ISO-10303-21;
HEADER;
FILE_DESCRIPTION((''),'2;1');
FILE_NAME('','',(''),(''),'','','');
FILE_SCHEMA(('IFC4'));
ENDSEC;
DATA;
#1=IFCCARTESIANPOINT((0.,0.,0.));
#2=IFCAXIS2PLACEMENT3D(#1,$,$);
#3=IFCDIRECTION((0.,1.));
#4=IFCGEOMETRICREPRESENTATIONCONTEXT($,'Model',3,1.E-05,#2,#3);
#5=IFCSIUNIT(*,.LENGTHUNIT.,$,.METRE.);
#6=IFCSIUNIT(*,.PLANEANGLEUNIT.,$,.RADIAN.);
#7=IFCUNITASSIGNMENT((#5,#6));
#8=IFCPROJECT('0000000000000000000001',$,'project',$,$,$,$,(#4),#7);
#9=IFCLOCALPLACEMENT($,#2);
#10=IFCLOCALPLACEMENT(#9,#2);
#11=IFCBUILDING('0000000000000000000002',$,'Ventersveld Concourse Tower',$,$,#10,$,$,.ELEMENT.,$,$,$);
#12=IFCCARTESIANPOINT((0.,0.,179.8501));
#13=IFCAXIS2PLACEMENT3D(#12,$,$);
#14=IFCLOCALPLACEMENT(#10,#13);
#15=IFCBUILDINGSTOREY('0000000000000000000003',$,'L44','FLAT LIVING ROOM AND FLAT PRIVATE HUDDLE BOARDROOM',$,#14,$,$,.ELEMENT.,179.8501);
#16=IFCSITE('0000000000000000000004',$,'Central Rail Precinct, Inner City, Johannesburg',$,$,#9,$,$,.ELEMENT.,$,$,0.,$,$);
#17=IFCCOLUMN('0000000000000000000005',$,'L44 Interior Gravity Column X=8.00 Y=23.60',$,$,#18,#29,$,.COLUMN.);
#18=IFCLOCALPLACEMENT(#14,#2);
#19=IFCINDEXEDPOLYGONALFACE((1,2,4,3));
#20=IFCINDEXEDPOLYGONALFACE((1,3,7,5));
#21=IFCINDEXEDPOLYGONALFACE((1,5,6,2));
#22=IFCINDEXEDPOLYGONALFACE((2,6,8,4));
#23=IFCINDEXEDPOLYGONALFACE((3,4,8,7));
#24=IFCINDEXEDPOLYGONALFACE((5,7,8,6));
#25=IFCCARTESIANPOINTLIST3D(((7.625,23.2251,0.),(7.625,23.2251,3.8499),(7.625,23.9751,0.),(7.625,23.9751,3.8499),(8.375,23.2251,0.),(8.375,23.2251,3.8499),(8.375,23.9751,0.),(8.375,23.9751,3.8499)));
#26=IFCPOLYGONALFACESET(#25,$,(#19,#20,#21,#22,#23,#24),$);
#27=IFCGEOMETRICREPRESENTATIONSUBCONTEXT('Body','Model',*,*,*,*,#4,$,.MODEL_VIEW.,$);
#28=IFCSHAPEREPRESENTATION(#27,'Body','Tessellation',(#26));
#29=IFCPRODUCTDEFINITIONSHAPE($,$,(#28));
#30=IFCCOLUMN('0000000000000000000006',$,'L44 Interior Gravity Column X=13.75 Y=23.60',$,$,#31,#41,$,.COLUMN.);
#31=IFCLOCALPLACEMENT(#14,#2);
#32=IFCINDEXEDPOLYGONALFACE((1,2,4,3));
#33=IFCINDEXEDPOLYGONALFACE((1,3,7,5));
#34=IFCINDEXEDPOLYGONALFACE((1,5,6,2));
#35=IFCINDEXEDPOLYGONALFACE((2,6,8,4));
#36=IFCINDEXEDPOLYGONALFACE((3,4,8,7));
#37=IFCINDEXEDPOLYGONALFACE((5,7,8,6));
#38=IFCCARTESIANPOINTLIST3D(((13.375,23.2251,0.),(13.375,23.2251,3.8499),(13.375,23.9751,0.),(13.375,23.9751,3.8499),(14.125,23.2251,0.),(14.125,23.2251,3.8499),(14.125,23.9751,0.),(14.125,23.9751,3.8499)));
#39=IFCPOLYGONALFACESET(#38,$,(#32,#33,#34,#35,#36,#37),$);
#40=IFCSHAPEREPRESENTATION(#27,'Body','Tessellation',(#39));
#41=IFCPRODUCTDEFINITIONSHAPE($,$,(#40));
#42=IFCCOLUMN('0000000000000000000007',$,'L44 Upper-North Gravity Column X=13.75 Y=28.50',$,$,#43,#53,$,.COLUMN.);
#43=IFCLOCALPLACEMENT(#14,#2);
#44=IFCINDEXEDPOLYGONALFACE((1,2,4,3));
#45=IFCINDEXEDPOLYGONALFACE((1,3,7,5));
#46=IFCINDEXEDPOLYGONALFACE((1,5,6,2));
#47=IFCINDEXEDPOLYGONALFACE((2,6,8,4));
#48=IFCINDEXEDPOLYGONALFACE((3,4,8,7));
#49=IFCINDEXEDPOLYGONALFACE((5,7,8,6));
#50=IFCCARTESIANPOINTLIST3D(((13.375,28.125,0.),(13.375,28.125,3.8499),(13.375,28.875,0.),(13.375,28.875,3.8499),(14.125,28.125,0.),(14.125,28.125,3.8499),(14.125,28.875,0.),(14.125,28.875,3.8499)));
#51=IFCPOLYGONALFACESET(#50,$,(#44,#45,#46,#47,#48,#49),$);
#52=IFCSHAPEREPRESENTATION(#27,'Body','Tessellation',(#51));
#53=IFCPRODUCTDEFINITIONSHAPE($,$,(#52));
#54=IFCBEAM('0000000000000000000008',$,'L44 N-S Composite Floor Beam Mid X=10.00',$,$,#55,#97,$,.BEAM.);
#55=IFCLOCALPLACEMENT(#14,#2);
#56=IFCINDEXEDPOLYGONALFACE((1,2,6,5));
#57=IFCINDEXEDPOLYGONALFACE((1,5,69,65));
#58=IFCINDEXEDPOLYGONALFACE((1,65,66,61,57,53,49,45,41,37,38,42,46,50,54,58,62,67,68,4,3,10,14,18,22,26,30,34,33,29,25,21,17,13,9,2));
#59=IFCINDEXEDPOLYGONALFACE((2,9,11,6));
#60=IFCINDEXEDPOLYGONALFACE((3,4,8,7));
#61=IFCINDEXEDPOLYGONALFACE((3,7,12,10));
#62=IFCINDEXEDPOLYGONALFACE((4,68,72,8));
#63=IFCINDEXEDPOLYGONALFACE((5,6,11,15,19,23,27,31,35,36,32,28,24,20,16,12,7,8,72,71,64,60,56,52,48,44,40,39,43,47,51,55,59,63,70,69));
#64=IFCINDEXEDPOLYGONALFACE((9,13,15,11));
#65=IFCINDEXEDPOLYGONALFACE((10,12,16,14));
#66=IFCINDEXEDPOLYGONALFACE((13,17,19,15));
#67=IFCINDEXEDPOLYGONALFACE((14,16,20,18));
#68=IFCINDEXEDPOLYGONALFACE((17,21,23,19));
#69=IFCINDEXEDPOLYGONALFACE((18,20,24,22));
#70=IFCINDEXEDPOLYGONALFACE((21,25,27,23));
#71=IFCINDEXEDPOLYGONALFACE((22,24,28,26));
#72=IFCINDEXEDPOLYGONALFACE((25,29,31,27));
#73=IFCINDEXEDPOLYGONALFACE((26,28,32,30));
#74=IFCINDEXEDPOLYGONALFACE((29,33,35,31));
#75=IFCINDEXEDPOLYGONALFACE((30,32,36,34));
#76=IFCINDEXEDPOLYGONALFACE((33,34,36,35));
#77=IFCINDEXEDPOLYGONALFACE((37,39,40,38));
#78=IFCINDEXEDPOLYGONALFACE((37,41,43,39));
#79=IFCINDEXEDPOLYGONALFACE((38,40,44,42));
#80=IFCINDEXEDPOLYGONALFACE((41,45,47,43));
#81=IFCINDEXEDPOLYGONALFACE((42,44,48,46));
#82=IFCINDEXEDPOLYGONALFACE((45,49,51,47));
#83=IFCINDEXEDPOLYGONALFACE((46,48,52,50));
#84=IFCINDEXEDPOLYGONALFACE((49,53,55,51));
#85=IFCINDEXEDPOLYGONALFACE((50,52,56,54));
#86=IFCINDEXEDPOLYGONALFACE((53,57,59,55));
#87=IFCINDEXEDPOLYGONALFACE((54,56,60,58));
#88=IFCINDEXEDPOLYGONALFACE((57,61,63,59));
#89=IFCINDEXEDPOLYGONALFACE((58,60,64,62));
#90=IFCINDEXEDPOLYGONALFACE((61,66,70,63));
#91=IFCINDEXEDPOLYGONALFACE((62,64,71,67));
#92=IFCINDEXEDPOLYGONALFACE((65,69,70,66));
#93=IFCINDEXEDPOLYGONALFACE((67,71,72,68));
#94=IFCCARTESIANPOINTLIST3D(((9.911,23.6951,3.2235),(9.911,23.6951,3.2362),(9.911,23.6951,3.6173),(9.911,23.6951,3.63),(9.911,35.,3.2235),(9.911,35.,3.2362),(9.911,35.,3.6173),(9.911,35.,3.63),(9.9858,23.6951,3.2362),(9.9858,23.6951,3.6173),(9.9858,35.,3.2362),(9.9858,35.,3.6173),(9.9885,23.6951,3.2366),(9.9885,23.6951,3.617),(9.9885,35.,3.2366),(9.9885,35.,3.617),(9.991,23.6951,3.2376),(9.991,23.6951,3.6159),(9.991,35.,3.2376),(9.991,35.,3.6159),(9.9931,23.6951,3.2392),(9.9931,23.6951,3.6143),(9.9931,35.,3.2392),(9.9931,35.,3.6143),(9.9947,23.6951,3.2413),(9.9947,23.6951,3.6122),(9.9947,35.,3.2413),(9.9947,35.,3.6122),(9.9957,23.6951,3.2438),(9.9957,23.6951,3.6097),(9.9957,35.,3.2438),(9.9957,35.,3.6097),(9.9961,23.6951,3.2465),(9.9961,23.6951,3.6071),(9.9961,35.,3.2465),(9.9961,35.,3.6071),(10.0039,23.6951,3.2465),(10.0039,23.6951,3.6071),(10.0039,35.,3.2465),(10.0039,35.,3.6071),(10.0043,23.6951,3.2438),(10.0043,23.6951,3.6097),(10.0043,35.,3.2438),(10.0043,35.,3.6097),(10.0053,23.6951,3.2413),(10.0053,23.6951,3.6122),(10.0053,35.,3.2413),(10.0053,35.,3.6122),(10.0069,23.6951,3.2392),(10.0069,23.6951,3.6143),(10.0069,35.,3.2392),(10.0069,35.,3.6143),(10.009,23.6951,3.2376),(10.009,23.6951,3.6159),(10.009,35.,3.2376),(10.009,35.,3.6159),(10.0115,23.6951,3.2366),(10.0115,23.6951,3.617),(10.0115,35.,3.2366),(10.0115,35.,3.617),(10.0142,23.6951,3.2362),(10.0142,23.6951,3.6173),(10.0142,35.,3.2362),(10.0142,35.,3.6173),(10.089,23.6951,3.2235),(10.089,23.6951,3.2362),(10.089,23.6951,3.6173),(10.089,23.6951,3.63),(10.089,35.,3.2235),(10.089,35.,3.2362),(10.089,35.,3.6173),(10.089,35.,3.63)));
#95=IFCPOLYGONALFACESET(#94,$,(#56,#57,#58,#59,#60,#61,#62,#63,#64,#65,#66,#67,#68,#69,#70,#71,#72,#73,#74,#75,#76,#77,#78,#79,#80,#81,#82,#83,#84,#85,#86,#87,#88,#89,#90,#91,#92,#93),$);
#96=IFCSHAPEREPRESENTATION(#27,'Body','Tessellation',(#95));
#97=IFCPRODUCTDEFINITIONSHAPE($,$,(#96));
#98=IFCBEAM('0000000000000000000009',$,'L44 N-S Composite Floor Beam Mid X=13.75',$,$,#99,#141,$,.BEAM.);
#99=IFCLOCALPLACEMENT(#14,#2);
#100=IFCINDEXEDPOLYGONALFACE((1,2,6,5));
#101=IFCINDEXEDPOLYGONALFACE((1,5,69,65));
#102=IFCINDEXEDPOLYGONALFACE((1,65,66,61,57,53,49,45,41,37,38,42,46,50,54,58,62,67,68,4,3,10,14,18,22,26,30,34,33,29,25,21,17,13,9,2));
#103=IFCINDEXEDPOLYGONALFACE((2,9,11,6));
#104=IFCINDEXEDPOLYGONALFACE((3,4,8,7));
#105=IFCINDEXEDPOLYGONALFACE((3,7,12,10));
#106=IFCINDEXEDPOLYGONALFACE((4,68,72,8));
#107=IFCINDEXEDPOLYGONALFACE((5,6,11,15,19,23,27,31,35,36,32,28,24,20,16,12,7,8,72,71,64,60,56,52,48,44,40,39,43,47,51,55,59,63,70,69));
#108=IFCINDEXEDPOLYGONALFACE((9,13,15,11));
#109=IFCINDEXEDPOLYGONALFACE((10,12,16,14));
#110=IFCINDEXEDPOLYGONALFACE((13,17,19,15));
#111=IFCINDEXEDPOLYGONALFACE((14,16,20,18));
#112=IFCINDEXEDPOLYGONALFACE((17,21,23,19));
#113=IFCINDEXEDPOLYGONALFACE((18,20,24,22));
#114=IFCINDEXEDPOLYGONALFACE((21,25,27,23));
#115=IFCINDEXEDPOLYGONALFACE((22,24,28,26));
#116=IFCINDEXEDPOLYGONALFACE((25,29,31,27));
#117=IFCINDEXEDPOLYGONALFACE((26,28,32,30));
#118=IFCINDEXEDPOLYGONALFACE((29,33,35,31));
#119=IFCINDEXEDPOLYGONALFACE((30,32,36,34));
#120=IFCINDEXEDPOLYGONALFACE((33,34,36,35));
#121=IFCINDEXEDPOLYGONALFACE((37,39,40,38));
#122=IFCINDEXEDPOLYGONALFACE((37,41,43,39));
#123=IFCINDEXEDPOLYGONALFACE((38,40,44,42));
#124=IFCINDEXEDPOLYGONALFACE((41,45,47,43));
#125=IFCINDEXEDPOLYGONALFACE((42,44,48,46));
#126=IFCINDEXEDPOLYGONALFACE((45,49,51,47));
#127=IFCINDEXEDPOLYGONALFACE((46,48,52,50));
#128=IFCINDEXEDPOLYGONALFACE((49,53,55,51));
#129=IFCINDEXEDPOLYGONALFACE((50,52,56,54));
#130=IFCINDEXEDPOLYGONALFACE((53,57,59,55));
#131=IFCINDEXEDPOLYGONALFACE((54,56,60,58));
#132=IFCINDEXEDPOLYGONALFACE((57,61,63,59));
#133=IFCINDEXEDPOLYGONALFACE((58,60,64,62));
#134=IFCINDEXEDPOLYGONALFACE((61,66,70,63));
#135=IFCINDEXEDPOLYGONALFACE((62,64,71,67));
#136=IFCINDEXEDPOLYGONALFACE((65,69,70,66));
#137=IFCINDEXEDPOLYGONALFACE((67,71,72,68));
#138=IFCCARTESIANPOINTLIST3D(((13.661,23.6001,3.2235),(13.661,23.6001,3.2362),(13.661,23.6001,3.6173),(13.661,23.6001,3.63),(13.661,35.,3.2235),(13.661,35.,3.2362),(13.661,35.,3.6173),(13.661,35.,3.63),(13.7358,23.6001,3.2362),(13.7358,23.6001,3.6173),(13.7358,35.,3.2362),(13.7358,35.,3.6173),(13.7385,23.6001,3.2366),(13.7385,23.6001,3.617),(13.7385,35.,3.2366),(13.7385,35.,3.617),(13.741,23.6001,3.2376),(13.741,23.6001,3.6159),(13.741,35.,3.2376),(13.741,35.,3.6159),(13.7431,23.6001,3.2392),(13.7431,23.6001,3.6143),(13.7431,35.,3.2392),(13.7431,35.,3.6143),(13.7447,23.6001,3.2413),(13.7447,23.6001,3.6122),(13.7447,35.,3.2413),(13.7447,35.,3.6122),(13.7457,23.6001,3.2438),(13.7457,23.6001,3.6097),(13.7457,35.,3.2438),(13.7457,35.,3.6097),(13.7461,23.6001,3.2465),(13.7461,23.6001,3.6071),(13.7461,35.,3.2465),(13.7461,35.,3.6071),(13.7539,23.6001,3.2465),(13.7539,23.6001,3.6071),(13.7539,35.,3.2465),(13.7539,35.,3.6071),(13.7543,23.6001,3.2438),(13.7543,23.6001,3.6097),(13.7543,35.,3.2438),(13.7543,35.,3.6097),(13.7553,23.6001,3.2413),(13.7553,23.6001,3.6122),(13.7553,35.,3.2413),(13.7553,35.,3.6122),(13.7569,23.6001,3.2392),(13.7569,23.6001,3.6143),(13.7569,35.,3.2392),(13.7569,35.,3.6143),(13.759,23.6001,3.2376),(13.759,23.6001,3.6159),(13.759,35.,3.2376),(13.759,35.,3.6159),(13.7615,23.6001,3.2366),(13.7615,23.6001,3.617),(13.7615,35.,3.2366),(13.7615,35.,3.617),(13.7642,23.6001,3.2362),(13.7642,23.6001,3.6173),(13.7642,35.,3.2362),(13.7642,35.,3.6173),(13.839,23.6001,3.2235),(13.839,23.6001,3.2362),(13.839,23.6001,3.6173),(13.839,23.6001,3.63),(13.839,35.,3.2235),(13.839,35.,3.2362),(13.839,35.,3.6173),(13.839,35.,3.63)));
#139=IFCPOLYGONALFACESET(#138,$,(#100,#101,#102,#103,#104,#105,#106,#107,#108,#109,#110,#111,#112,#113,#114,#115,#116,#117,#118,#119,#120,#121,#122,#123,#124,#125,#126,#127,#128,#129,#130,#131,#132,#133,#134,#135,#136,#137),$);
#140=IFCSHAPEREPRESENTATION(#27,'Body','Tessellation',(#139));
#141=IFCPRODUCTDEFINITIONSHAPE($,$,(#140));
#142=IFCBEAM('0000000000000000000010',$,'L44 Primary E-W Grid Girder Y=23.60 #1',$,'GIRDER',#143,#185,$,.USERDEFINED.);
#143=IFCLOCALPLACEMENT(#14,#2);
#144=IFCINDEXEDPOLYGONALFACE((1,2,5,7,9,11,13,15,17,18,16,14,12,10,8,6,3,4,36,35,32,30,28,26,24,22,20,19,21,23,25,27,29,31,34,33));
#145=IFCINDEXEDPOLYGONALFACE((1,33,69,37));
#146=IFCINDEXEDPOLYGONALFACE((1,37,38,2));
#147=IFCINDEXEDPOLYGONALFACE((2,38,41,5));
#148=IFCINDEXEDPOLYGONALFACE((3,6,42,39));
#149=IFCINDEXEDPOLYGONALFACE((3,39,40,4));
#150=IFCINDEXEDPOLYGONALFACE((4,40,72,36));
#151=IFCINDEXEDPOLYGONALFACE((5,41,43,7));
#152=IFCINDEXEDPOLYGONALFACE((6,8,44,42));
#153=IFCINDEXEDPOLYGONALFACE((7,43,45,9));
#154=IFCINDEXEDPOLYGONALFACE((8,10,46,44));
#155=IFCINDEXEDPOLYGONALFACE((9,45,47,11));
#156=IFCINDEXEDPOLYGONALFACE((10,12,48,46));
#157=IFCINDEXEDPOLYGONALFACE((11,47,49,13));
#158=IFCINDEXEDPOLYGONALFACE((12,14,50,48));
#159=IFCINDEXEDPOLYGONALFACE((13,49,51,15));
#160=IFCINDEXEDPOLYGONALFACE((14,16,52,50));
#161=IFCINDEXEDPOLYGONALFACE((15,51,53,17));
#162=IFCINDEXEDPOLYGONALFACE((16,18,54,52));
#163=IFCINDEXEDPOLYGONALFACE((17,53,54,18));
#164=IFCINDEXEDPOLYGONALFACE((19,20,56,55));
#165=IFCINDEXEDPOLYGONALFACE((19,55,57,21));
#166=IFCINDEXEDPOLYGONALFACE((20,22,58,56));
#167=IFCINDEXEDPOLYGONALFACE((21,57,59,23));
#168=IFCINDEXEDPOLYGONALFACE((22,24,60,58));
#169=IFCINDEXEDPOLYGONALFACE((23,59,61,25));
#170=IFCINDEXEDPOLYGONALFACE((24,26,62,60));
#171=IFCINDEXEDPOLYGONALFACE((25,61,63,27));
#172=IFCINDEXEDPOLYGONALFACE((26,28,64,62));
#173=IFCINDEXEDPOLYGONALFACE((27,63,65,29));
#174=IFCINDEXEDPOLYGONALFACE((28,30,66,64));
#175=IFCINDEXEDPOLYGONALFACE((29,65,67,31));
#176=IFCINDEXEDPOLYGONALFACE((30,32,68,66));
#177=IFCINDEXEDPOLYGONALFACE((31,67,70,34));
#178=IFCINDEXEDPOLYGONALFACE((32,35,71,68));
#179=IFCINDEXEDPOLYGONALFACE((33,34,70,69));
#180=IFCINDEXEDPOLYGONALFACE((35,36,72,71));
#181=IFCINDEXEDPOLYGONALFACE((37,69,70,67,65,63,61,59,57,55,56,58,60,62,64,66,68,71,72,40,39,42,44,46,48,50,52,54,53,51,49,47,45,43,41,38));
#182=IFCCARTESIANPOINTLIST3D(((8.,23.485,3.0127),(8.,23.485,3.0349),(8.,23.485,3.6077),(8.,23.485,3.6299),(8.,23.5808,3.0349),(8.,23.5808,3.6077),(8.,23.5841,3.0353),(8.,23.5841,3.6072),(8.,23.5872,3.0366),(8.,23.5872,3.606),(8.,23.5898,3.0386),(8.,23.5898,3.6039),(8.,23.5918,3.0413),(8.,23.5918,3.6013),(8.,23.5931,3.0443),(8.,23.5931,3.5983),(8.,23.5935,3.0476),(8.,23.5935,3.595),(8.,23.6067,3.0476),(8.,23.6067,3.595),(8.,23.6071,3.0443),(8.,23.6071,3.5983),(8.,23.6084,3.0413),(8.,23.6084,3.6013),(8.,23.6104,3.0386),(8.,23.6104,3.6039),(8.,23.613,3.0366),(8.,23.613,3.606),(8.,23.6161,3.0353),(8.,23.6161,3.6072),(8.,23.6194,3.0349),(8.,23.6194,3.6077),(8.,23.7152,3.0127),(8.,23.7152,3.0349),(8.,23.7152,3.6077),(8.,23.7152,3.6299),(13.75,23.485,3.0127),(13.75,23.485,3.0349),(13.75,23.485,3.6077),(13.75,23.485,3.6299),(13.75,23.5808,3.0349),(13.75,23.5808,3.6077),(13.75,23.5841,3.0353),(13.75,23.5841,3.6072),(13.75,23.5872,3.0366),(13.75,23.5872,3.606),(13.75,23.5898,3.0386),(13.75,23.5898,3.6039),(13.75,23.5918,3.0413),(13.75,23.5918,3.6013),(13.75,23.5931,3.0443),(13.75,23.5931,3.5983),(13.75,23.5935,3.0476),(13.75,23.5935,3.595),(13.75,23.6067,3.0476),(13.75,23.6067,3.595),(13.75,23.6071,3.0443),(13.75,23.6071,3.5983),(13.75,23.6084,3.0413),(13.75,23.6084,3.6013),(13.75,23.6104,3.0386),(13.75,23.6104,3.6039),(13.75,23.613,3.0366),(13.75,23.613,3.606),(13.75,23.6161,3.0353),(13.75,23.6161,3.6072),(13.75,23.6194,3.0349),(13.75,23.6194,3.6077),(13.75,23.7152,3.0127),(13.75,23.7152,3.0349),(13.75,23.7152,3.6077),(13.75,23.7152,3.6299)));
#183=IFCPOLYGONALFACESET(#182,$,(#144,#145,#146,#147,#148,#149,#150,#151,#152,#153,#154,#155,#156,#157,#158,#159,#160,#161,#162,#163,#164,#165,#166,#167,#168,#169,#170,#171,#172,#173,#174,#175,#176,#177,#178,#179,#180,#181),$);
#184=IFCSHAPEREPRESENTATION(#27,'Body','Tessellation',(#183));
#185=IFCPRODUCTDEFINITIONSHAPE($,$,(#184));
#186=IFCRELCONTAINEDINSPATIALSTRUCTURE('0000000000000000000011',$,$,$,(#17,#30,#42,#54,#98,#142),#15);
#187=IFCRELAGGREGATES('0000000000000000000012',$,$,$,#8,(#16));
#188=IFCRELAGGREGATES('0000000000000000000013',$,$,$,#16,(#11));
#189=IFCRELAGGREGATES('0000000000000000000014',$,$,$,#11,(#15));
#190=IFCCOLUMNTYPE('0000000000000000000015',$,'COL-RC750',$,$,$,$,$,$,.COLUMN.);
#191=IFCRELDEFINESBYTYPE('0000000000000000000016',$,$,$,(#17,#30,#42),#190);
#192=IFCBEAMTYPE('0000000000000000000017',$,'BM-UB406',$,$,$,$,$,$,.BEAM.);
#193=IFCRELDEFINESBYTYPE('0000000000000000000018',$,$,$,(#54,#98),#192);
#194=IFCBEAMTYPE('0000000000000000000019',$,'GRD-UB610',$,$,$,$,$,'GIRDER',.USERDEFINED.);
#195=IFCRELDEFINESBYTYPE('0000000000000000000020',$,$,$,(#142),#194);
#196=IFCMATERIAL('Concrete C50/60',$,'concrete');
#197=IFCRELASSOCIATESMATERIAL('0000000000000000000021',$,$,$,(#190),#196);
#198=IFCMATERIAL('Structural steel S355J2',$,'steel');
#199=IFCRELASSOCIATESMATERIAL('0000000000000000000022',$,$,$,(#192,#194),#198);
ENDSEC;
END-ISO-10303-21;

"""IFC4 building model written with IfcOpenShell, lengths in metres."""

from ifc_helpers import new_model, si_unit, direction, frame, origin, origin_2d, place, context, subcontext, project, spatial, rectangle, i_section, extrude, material, material_profile, profile_set, type_object, element, save


model = new_model("IFC4")

# Units and contexts
model_context = context("Model", 3, precision=1e-05, world=origin(), true_north=direction((0.0, 1.0)))
body_context = subcontext(model_context, "Body", "Model", "MODEL_VIEW")
ifc_project = project(units=[si_unit("LENGTHUNIT", "METRE"), si_unit("PLANEANGLEUNIT", "RADIAN")], contexts=[model_context])

# Site, building, storey
site_placement = place(None, origin())
site = spatial("IfcSite", under=ifc_project, at=site_placement, Name="Central Rail Precinct, Inner City, Johannesburg", CompositionType="ELEMENT", RefElevation=0.0)
building_placement = place(site_placement, origin())
building = spatial("IfcBuilding", under=site, at=building_placement, Name="Ventersveld Concourse Tower", CompositionType="ELEMENT")
storey_placement = place(building_placement, frame((0.0, 0.0, 179.8501)))
storey = spatial("IfcBuildingStorey", under=building, at=storey_placement, Name="L44", Description="FLAT LIVING ROOM AND FLAT PRIVATE HUDDLE BOARDROOM", CompositionType="ELEMENT", Elevation=179.8501)

# Columns
ifc_material_1 = material(Name="Concrete C50/60", Category="concrete")
ifc_material_profile_1 = material_profile(ifc_material_1, rectangle(XDim=0.75, YDim=0.75, at=origin_2d()), Name="RC 750x750")
ifc_profile_set_1 = profile_set([ifc_material_profile_1], Name="Concrete C50/60")
column_type = type_object("IfcColumnType", Name="COL-RC750", PredefinedType="COLUMN", material=ifc_profile_set_1)
for number, where, z_axis, x_axis, name in (
    (1, (8.0, 23.6001, 0.0), (0.0, 0.0, 1.0), (1.0, 0.0, 0.0), "L44 Interior Gravity Column X=8.00 Y=23.60"),
    (2, (13.75, 23.6001, 0.0), (0.0, 0.0, 1.0), (1.0, 0.0, 0.0), "L44 Interior Gravity Column X=13.75 Y=23.60"),
    (3, (13.75, 28.5, 0.0), (0.0, 0.0, 1.0), (1.0, 0.0, 0.0), "L44 Upper-North Gravity Column X=13.75 Y=28.50"),
):
    element("IfcColumn", number, at=place(storey_placement, frame(where, z_axis=z_axis, x_axis=x_axis)), inside=storey, type_object=column_type, Name=name, PredefinedType="COLUMN", context=body_context, shape_type="SweptSolid", body=[
        extrude(rectangle(XDim=0.75, YDim=0.75, at=origin_2d()), origin(), (0.0, 0.0, 1.0), 3.8499),
    ])

# Beams
ifc_material_2 = material(Name="Structural steel S355J2", Category="steel")
ifc_material_profile_2 = material_profile(ifc_material_2, i_section(OverallWidth=0.178, OverallDepth=0.4065, WebThickness=0.0078, FlangeThickness=0.0127, FilletRadius=0.0103, at=origin_2d()), Name="UB 406x178x60")
ifc_profile_set_2 = profile_set([ifc_material_profile_2], Name="Structural steel S355J2")
beam_type_1 = type_object("IfcBeamType", Name="BM-UB406", PredefinedType="BEAM", material=ifc_profile_set_2)
beam_1_placement = place(storey_placement, frame((10.0, 23.6951, 3.4268), z_axis=(0.0, 1.0, 0.0), x_axis=(-1.0, 0.0, 0.0)))
element("IfcBeam", 4, at=beam_1_placement, inside=storey, type_object=beam_type_1, Name="L44 N-S Composite Floor Beam Mid X=10.00", PredefinedType="BEAM", context=body_context, shape_type="SweptSolid", body=[
    extrude(i_section(OverallWidth=0.178, OverallDepth=0.4065, WebThickness=0.0078, FlangeThickness=0.0127, FilletRadius=0.0103, at=origin_2d()), origin(), (0.0, 0.0, 1.0), 11.3049),
])
beam_2_placement = place(storey_placement, frame((13.75, 23.6001, 3.4268), z_axis=(0.0, 1.0, 0.0), x_axis=(-1.0, 0.0, 0.0)))
element("IfcBeam", 5, at=beam_2_placement, inside=storey, type_object=beam_type_1, Name="L44 N-S Composite Floor Beam Mid X=13.75", PredefinedType="BEAM", context=body_context, shape_type="SweptSolid", body=[
    extrude(i_section(OverallWidth=0.178, OverallDepth=0.4065, WebThickness=0.0078, FlangeThickness=0.0127, FilletRadius=0.0103, at=origin_2d()), origin(), (0.0, 0.0, 1.0), 11.3999),
])
ifc_material_profile_3 = material_profile(ifc_material_2, i_section(OverallWidth=0.2302, OverallDepth=0.6172, WebThickness=0.0132, FlangeThickness=0.0222, FilletRadius=0.0127, at=origin_2d()), Name="UB 610x229x140")
ifc_profile_set_3 = profile_set([ifc_material_profile_3], Name="Structural steel S355J2")
beam_type_2 = type_object("IfcBeamType", Name="GRD-UB610", ElementType="GIRDER", PredefinedType="USERDEFINED", material=ifc_profile_set_3)
beam_3_placement = place(storey_placement, frame((8.0, 23.6001, 3.3213), z_axis=(1.0, 0.0, 0.0), x_axis=(0.0, 1.0, 0.0)))
element("IfcBeam", 6, at=beam_3_placement, inside=storey, type_object=beam_type_2, Name="L44 Primary E-W Grid Girder Y=23.60 #1", ObjectType="GIRDER", PredefinedType="USERDEFINED", context=body_context, shape_type="SweptSolid", body=[
    extrude(i_section(OverallWidth=0.2302, OverallDepth=0.6172, WebThickness=0.0132, FlangeThickness=0.0222, FilletRadius=0.0127, at=origin_2d()), origin(), (0.0, 0.0, 1.0), 5.75),
])

save(model, "model.ifc")
